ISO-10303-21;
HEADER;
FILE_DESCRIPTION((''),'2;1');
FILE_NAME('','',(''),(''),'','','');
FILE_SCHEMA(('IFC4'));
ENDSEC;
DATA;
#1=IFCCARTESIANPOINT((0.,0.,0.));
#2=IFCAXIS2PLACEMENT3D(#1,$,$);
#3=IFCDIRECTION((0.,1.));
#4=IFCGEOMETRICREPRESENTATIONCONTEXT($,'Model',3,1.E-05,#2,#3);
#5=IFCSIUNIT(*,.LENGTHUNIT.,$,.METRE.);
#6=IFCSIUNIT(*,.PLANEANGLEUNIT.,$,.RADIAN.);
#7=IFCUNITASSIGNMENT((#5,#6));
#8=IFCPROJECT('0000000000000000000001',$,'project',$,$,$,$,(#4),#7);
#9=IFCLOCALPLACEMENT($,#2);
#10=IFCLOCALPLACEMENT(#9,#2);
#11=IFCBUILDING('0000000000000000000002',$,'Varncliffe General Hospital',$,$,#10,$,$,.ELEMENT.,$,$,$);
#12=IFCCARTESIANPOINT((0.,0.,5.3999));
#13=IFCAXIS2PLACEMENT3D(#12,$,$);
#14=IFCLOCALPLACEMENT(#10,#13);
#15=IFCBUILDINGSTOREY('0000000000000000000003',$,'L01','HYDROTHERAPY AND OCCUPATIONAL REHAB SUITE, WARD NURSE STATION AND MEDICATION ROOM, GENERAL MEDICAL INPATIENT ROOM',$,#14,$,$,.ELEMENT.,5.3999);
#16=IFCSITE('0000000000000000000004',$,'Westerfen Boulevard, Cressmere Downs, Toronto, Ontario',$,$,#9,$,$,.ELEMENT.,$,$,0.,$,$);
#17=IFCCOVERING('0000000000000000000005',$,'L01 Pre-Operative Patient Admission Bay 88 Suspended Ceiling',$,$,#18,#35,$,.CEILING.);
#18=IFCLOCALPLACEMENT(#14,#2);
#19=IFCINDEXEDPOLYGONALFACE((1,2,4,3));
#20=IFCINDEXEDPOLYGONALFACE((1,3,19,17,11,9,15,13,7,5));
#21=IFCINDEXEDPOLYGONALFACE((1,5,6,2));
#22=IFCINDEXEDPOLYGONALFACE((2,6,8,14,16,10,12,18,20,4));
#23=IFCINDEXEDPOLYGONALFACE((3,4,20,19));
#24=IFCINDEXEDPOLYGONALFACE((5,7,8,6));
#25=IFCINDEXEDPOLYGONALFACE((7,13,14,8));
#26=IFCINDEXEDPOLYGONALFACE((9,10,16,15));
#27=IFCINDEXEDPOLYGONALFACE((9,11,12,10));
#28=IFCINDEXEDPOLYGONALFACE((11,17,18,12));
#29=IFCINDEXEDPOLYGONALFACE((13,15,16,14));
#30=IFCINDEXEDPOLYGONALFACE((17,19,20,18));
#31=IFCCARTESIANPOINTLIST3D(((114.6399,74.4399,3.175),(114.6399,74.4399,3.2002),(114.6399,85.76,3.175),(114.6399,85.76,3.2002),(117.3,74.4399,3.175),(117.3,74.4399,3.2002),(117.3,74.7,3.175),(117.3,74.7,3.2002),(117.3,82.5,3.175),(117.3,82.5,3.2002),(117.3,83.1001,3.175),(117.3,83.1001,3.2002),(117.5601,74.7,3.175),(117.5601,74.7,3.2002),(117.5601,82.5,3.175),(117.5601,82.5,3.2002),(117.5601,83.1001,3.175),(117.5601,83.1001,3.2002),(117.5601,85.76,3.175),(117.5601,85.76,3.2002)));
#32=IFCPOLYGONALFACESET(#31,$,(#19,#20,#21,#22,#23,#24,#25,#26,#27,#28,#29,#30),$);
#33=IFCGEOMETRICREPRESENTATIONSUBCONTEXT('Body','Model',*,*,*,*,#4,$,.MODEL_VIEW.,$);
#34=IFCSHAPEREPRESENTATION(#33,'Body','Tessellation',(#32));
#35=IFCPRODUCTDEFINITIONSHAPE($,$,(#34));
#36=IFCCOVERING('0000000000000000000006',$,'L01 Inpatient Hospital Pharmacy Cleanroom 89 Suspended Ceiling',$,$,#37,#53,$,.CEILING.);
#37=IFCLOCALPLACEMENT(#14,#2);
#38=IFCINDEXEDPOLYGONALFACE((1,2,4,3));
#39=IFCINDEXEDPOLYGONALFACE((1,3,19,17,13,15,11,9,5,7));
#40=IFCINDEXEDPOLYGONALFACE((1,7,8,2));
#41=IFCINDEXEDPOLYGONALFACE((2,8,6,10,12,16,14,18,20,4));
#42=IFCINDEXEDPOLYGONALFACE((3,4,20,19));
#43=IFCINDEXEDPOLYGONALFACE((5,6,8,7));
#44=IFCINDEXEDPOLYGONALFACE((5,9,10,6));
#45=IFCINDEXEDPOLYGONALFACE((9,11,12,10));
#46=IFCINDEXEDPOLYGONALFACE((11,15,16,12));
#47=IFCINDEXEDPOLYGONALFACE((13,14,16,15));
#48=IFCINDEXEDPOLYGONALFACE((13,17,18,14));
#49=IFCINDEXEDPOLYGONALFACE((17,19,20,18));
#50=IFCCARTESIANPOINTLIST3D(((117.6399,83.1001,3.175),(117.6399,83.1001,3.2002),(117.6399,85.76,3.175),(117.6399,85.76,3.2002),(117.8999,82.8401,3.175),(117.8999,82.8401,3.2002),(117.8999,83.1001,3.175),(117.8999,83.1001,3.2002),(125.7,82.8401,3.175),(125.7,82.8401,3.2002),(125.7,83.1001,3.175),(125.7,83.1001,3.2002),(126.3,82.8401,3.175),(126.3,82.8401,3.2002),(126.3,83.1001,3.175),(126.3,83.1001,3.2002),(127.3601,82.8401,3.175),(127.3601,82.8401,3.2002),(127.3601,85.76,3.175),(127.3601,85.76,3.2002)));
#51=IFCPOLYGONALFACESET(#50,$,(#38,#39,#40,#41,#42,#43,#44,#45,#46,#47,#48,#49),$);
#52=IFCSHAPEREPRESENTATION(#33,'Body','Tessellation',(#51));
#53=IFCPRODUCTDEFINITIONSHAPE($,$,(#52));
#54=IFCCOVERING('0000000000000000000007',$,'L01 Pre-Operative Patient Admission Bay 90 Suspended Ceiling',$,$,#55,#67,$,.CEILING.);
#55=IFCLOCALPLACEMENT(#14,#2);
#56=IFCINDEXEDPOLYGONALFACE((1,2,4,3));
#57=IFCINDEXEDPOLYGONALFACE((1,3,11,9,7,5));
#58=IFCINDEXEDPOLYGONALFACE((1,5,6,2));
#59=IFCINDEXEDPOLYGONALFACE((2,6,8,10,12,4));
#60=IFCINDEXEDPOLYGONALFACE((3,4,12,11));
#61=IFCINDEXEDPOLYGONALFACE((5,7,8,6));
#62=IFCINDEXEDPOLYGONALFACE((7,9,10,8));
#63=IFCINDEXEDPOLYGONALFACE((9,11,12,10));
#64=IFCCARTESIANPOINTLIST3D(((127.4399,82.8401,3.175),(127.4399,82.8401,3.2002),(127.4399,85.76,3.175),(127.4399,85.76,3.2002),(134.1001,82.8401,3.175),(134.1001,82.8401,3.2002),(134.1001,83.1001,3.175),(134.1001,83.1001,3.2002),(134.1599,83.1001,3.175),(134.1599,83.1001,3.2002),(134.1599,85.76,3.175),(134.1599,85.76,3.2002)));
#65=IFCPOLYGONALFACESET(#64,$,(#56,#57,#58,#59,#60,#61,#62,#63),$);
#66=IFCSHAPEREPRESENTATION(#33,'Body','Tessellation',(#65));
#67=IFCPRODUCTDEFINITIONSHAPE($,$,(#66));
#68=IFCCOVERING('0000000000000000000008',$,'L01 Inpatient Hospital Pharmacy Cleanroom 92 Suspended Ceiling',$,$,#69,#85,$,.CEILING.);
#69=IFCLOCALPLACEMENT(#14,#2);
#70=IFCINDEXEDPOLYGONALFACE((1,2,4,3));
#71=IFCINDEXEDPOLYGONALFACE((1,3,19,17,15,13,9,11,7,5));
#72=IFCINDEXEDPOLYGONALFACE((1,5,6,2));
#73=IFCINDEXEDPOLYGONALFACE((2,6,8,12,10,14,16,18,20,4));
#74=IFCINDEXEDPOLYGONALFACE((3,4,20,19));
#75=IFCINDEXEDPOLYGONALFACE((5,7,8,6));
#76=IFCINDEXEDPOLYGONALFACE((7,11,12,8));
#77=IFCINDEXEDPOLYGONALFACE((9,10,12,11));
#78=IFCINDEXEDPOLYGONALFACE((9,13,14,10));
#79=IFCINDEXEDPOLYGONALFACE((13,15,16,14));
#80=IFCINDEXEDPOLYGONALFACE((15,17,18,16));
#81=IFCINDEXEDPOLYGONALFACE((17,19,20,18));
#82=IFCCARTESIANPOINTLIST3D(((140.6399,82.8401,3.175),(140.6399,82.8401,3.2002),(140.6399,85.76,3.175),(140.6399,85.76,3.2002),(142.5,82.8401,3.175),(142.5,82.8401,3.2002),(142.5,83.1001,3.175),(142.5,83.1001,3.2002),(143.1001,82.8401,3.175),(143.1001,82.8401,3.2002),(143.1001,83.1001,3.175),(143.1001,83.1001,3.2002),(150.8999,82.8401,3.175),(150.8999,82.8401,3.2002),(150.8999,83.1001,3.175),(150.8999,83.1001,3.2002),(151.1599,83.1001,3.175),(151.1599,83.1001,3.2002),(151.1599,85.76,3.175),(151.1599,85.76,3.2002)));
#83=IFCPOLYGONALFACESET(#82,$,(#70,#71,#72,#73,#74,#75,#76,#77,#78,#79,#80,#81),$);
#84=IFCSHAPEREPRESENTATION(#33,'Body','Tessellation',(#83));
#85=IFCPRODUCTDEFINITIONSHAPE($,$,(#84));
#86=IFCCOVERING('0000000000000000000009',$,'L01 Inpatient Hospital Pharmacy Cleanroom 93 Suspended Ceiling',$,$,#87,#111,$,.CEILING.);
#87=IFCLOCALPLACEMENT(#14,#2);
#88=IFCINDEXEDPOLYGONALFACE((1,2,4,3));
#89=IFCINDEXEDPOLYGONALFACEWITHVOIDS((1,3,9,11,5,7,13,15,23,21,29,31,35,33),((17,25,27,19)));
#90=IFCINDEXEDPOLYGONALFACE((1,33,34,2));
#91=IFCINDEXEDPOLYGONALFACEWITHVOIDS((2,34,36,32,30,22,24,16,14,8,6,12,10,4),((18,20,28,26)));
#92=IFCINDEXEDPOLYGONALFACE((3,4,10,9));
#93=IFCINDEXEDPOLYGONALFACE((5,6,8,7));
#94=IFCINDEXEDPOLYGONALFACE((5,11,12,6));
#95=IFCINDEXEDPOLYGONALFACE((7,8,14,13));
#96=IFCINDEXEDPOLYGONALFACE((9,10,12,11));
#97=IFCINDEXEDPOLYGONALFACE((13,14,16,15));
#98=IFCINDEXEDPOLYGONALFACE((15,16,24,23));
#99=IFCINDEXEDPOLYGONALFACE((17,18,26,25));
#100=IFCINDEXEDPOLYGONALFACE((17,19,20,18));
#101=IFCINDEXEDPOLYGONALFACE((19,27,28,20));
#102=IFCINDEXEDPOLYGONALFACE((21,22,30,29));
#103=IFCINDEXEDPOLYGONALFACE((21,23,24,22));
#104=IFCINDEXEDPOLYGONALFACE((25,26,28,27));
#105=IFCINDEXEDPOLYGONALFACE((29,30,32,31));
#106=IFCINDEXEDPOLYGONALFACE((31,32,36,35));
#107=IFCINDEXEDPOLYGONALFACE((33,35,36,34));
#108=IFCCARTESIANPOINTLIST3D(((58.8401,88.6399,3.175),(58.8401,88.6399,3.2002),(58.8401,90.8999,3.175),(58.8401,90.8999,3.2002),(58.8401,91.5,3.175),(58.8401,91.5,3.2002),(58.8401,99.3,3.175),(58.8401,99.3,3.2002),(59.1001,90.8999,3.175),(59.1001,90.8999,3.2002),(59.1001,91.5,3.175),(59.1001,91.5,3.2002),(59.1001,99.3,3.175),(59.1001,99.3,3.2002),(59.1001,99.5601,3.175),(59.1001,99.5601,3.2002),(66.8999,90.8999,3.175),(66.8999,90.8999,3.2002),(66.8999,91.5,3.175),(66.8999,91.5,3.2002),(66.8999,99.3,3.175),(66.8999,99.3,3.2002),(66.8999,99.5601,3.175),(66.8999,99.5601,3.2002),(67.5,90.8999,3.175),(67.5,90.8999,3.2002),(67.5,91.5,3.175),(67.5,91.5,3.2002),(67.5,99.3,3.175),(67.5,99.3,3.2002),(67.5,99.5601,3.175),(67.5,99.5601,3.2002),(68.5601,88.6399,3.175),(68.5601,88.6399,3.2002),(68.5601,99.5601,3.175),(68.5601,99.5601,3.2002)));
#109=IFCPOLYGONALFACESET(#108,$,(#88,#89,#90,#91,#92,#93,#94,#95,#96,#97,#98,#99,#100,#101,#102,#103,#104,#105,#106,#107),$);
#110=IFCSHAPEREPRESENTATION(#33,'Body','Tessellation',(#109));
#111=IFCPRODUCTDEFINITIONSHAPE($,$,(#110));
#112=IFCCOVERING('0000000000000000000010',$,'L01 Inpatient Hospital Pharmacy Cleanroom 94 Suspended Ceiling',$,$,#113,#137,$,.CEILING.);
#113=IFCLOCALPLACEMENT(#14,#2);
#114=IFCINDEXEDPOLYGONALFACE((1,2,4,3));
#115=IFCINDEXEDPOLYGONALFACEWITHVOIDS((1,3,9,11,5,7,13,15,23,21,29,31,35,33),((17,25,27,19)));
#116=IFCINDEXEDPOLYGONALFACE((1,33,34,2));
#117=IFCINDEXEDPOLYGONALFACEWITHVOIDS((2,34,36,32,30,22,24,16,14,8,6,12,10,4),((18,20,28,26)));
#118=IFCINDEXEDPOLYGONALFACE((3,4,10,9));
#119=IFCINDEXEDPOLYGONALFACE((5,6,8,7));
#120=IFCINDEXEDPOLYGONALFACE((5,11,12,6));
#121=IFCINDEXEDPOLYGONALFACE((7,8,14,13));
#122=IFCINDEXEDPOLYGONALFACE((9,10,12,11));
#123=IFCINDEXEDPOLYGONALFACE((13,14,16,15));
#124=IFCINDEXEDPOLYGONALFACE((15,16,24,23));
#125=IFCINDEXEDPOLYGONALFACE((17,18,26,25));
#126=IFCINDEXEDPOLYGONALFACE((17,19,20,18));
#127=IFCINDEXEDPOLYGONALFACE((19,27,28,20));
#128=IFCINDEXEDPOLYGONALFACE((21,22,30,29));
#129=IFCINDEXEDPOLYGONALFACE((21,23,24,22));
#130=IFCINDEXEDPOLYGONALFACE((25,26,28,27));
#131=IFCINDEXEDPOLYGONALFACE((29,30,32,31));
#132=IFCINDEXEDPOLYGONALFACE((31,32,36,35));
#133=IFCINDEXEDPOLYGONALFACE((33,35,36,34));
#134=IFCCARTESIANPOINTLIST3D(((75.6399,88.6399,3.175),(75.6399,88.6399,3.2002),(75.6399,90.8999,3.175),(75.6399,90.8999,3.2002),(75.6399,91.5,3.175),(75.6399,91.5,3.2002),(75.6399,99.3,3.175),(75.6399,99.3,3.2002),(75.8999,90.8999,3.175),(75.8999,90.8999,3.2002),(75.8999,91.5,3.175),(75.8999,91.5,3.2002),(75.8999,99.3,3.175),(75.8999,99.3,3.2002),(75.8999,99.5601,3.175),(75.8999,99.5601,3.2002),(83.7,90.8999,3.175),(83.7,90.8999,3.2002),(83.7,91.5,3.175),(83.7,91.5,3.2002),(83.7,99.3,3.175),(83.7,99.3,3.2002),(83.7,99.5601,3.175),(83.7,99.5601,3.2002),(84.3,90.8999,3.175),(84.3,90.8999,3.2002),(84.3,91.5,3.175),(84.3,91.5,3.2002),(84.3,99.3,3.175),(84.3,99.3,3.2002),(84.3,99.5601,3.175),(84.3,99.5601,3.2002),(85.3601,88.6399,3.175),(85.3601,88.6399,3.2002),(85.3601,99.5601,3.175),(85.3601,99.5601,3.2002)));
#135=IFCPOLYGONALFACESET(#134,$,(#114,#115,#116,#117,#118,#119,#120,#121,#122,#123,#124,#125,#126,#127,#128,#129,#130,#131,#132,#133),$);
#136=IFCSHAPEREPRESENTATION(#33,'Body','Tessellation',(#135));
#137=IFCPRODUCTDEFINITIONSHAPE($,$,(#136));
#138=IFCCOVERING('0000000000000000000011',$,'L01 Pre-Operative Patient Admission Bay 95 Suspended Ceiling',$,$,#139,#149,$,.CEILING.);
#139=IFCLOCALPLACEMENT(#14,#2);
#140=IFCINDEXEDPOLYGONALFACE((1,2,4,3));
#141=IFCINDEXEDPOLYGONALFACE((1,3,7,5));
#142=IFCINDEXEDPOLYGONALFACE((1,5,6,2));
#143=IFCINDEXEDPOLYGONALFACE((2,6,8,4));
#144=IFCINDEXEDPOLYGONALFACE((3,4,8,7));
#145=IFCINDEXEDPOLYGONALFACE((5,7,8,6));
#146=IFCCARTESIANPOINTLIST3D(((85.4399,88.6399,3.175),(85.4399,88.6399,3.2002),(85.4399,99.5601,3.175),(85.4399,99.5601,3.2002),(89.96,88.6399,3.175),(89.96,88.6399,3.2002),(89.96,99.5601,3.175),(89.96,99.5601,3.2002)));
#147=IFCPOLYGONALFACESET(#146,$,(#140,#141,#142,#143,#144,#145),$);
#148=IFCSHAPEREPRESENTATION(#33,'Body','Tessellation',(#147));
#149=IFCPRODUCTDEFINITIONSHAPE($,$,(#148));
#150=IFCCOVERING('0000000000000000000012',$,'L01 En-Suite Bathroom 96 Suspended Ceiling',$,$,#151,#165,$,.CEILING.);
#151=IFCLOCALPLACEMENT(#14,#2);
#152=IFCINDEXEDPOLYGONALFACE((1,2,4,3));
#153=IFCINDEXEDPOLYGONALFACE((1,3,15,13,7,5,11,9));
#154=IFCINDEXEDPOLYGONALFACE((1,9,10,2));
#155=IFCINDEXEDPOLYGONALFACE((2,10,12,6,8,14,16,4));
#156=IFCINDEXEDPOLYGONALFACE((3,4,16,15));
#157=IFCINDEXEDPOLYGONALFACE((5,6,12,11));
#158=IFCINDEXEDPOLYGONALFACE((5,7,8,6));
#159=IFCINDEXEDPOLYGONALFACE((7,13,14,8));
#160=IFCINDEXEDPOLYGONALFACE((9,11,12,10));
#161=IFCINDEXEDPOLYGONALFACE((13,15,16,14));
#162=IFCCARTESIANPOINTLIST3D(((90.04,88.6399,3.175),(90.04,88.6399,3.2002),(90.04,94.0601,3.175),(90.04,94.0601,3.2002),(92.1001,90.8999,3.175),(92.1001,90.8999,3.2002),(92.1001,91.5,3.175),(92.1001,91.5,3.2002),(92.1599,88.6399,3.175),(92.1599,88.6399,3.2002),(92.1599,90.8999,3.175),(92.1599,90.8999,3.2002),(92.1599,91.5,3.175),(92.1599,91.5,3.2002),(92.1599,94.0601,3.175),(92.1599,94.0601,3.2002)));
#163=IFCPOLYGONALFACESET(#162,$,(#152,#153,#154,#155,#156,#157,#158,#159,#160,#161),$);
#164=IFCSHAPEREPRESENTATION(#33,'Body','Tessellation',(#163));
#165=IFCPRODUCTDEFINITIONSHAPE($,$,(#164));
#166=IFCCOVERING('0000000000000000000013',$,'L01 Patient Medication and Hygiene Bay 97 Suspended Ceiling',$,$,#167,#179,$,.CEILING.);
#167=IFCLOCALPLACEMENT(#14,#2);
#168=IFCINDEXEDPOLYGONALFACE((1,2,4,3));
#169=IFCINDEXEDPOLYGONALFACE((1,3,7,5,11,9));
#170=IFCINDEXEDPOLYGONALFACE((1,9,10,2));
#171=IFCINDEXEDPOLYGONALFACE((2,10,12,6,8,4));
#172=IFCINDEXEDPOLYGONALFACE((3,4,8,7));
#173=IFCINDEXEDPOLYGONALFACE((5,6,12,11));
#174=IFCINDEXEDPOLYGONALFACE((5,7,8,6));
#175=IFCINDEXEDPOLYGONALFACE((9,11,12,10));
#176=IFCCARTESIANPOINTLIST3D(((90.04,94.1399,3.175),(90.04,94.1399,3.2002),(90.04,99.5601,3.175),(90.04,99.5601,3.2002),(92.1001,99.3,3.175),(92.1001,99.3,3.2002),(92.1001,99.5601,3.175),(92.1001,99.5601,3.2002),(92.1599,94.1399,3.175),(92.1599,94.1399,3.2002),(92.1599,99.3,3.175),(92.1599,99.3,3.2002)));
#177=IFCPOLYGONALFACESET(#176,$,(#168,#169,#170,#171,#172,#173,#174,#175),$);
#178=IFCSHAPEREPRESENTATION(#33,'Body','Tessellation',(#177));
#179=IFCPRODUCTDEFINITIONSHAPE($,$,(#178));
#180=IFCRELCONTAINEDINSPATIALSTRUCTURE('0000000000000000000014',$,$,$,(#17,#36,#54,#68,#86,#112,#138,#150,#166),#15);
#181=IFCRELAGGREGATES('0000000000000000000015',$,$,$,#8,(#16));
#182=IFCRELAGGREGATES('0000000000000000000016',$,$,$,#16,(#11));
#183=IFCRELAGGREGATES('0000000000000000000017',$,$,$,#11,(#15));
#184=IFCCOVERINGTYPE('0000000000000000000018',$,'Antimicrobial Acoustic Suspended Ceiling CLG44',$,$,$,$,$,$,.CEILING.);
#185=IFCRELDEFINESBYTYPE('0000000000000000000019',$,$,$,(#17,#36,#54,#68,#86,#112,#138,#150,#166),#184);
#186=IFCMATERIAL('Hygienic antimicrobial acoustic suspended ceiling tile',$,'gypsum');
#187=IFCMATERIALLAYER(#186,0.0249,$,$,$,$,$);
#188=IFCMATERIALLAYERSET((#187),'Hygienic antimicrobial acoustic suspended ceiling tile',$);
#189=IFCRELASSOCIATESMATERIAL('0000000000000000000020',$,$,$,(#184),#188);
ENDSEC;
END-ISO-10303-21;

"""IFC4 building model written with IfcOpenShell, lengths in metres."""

from ifc_helpers import new_model, si_unit, direction, frame, origin, place, context, subcontext, project, spatial, polyline, outline, extrude, material, layer, layer_set, type_object, element, save


model = new_model("IFC4")

# Units and contexts
model_context = context("Model", 3, precision=1e-05, world=origin(), true_north=direction((0.0, 1.0)))
body_context = subcontext(model_context, "Body", "Model", "MODEL_VIEW")
ifc_project = project(units=[si_unit("LENGTHUNIT", "METRE"), si_unit("PLANEANGLEUNIT", "RADIAN")], contexts=[model_context])

# Site, building, storey
site_placement = place(None, origin())
site = spatial("IfcSite", under=ifc_project, at=site_placement, Name="Westerfen Boulevard, Cressmere Downs, Toronto, Ontario", CompositionType="ELEMENT", RefElevation=0.0)
building_placement = place(site_placement, origin())
building = spatial("IfcBuilding", under=site, at=building_placement, Name="Varncliffe General Hospital", CompositionType="ELEMENT")
storey_placement = place(building_placement, frame((0.0, 0.0, 5.3999)))
storey = spatial("IfcBuildingStorey", under=building, at=storey_placement, Name="L01", Description="HYDROTHERAPY AND OCCUPATIONAL REHAB SUITE, WARD NURSE STATION AND MEDICATION ROOM, GENERAL MEDICAL INPATIENT ROOM", CompositionType="ELEMENT", Elevation=5.3999)

# Coverings
ifc_material_1 = material(Name="Hygienic antimicrobial acoustic suspended ceiling tile", Category="gypsum")
ifc_layer_1 = layer(ifc_material_1, 0.0249)
ifc_layer_set_1 = layer_set([ifc_layer_1], Name="Hygienic antimicrobial acoustic suspended ceiling tile")
covering_type = type_object("IfcCoveringType", Name="Antimicrobial Acoustic Suspended Ceiling CLG44", PredefinedType="CEILING", material=ifc_layer_set_1)
covering_1_placement = place(storey_placement, frame((0.0, 0.0, 3.175)))
element("IfcCovering", 1, at=covering_1_placement, inside=storey, type_object=covering_type, Name="L01 Pre-Operative Patient Admission Bay 88 Suspended Ceiling", PredefinedType="CEILING", context=body_context, shape_type="SweptSolid", body=[
    extrude(outline(polyline([(114.6399, 85.76), (117.5601, 85.76), (117.5601, 83.1001), (117.3, 83.1001), (117.3, 82.5), (117.5601, 82.5), (117.5601, 74.7), (117.3, 74.7), (117.3, 74.4399), (114.6399, 74.4399), (114.6399, 85.76)])), origin(), (0.0, 0.0, 1.0), 0.0251),
])
covering_2_placement = place(storey_placement, frame((0.0, 0.0, 3.175)))
element("IfcCovering", 2, at=covering_2_placement, inside=storey, type_object=covering_type, Name="L01 Inpatient Hospital Pharmacy Cleanroom 89 Suspended Ceiling", PredefinedType="CEILING", context=body_context, shape_type="SweptSolid", body=[
    extrude(outline(polyline([(127.3601, 85.76), (127.3601, 82.8401), (126.3, 82.8401), (126.3, 83.1001), (125.7, 83.1001), (125.7, 82.8401), (117.8999, 82.8401), (117.8999, 83.1001), (117.6399, 83.1001), (117.6399, 85.76), (127.3601, 85.76)])), origin(), (0.0, 0.0, 1.0), 0.0251),
])
covering_3_placement = place(storey_placement, frame((0.0, 0.0, 3.175)))
element("IfcCovering", 3, at=covering_3_placement, inside=storey, type_object=covering_type, Name="L01 Pre-Operative Patient Admission Bay 90 Suspended Ceiling", PredefinedType="CEILING", context=body_context, shape_type="SweptSolid", body=[
    extrude(outline(polyline([(127.4399, 82.8401), (127.4399, 85.76), (134.1599, 85.76), (134.1599, 83.1001), (134.1001, 83.1001), (134.1001, 82.8401), (127.4399, 82.8401)])), origin(), (0.0, 0.0, 1.0), 0.0251),
])
covering_4_placement = place(storey_placement, frame((0.0, 0.0, 3.175)))
element("IfcCovering", 4, at=covering_4_placement, inside=storey, type_object=covering_type, Name="L01 Inpatient Hospital Pharmacy Cleanroom 92 Suspended Ceiling", PredefinedType="CEILING", context=body_context, shape_type="SweptSolid", body=[
    extrude(outline(polyline([(140.6399, 85.76), (151.1599, 85.76), (151.1599, 83.1001), (150.8999, 83.1001), (150.8999, 82.8401), (143.1001, 82.8401), (143.1001, 83.1001), (142.5, 83.1001), (142.5, 82.8401), (140.6399, 82.8401), (140.6399, 85.76)])), origin(), (0.0, 0.0, 1.0), 0.0251),
])
covering_5_placement = place(storey_placement, frame((0.0, 0.0, 3.175)))
element("IfcCovering", 5, at=covering_5_placement, inside=storey, type_object=covering_type, Name="L01 Inpatient Hospital Pharmacy Cleanroom 93 Suspended Ceiling", PredefinedType="CEILING", context=body_context, shape_type="SweptSolid", body=[
    extrude(outline(polyline([(68.5601, 88.6399), (58.8401, 88.6399), (58.8401, 90.8999), (59.1001, 90.8999), (59.1001, 91.5), (58.8401, 91.5), (58.8401, 99.3), (59.1001, 99.3), (59.1001, 99.5601), (66.8999, 99.5601), (66.8999, 99.3), (67.5, 99.3), (67.5, 99.5601), (68.5601, 99.5601), (68.5601, 88.6399)]), holes=[polyline([(67.5, 90.8999), (67.5, 91.5), (66.8999, 91.5), (66.8999, 90.8999), (67.5, 90.8999)])]), origin(), (0.0, 0.0, 1.0), 0.0251),
])
covering_6_placement = place(storey_placement, frame((0.0, 0.0, 3.175)))
element("IfcCovering", 6, at=covering_6_placement, inside=storey, type_object=covering_type, Name="L01 Inpatient Hospital Pharmacy Cleanroom 94 Suspended Ceiling", PredefinedType="CEILING", context=body_context, shape_type="SweptSolid", body=[
    extrude(outline(polyline([(85.3601, 88.6399), (75.6399, 88.6399), (75.6399, 90.8999), (75.8999, 90.8999), (75.8999, 91.5), (75.6399, 91.5), (75.6399, 99.3), (75.8999, 99.3), (75.8999, 99.5601), (83.7, 99.5601), (83.7, 99.3), (84.3, 99.3), (84.3, 99.5601), (85.3601, 99.5601), (85.3601, 88.6399)]), holes=[polyline([(84.3, 90.8999), (84.3, 91.5), (83.7, 91.5), (83.7, 90.8999), (84.3, 90.8999)])]), origin(), (0.0, 0.0, 1.0), 0.0251),
])
covering_7_placement = place(storey_placement, frame((0.0, 0.0, 3.175)))
element("IfcCovering", 7, at=covering_7_placement, inside=storey, type_object=covering_type, Name="L01 Pre-Operative Patient Admission Bay 95 Suspended Ceiling", PredefinedType="CEILING", context=body_context, shape_type="SweptSolid", body=[
    extrude(outline(polyline([(89.96, 88.6399), (89.96, 99.5601), (85.4399, 99.5601), (85.4399, 88.6399), (89.96, 88.6399)])), origin(), (0.0, 0.0, 1.0), 0.0251),
])
covering_8_placement = place(storey_placement, frame((0.0, 0.0, 3.175)))
element("IfcCovering", 8, at=covering_8_placement, inside=storey, type_object=covering_type, Name="L01 En-Suite Bathroom 96 Suspended Ceiling", PredefinedType="CEILING", context=body_context, shape_type="SweptSolid", body=[
    extrude(outline(polyline([(92.1599, 88.6399), (90.04, 88.6399), (90.04, 94.0601), (92.1599, 94.0601), (92.1599, 91.5), (92.1001, 91.5), (92.1001, 90.8999), (92.1599, 90.8999), (92.1599, 88.6399)])), origin(), (0.0, 0.0, 1.0), 0.0251),
])
covering_9_placement = place(storey_placement, frame((0.0, 0.0, 3.175)))
element("IfcCovering", 9, at=covering_9_placement, inside=storey, type_object=covering_type, Name="L01 Patient Medication and Hygiene Bay 97 Suspended Ceiling", PredefinedType="CEILING", context=body_context, shape_type="SweptSolid", body=[
    extrude(outline(polyline([(92.1599, 94.1399), (90.04, 94.1399), (90.04, 99.5601), (92.1001, 99.5601), (92.1001, 99.3), (92.1599, 99.3), (92.1599, 94.1399)])), origin(), (0.0, 0.0, 1.0), 0.0251),
])

save(model, "model.ifc")
